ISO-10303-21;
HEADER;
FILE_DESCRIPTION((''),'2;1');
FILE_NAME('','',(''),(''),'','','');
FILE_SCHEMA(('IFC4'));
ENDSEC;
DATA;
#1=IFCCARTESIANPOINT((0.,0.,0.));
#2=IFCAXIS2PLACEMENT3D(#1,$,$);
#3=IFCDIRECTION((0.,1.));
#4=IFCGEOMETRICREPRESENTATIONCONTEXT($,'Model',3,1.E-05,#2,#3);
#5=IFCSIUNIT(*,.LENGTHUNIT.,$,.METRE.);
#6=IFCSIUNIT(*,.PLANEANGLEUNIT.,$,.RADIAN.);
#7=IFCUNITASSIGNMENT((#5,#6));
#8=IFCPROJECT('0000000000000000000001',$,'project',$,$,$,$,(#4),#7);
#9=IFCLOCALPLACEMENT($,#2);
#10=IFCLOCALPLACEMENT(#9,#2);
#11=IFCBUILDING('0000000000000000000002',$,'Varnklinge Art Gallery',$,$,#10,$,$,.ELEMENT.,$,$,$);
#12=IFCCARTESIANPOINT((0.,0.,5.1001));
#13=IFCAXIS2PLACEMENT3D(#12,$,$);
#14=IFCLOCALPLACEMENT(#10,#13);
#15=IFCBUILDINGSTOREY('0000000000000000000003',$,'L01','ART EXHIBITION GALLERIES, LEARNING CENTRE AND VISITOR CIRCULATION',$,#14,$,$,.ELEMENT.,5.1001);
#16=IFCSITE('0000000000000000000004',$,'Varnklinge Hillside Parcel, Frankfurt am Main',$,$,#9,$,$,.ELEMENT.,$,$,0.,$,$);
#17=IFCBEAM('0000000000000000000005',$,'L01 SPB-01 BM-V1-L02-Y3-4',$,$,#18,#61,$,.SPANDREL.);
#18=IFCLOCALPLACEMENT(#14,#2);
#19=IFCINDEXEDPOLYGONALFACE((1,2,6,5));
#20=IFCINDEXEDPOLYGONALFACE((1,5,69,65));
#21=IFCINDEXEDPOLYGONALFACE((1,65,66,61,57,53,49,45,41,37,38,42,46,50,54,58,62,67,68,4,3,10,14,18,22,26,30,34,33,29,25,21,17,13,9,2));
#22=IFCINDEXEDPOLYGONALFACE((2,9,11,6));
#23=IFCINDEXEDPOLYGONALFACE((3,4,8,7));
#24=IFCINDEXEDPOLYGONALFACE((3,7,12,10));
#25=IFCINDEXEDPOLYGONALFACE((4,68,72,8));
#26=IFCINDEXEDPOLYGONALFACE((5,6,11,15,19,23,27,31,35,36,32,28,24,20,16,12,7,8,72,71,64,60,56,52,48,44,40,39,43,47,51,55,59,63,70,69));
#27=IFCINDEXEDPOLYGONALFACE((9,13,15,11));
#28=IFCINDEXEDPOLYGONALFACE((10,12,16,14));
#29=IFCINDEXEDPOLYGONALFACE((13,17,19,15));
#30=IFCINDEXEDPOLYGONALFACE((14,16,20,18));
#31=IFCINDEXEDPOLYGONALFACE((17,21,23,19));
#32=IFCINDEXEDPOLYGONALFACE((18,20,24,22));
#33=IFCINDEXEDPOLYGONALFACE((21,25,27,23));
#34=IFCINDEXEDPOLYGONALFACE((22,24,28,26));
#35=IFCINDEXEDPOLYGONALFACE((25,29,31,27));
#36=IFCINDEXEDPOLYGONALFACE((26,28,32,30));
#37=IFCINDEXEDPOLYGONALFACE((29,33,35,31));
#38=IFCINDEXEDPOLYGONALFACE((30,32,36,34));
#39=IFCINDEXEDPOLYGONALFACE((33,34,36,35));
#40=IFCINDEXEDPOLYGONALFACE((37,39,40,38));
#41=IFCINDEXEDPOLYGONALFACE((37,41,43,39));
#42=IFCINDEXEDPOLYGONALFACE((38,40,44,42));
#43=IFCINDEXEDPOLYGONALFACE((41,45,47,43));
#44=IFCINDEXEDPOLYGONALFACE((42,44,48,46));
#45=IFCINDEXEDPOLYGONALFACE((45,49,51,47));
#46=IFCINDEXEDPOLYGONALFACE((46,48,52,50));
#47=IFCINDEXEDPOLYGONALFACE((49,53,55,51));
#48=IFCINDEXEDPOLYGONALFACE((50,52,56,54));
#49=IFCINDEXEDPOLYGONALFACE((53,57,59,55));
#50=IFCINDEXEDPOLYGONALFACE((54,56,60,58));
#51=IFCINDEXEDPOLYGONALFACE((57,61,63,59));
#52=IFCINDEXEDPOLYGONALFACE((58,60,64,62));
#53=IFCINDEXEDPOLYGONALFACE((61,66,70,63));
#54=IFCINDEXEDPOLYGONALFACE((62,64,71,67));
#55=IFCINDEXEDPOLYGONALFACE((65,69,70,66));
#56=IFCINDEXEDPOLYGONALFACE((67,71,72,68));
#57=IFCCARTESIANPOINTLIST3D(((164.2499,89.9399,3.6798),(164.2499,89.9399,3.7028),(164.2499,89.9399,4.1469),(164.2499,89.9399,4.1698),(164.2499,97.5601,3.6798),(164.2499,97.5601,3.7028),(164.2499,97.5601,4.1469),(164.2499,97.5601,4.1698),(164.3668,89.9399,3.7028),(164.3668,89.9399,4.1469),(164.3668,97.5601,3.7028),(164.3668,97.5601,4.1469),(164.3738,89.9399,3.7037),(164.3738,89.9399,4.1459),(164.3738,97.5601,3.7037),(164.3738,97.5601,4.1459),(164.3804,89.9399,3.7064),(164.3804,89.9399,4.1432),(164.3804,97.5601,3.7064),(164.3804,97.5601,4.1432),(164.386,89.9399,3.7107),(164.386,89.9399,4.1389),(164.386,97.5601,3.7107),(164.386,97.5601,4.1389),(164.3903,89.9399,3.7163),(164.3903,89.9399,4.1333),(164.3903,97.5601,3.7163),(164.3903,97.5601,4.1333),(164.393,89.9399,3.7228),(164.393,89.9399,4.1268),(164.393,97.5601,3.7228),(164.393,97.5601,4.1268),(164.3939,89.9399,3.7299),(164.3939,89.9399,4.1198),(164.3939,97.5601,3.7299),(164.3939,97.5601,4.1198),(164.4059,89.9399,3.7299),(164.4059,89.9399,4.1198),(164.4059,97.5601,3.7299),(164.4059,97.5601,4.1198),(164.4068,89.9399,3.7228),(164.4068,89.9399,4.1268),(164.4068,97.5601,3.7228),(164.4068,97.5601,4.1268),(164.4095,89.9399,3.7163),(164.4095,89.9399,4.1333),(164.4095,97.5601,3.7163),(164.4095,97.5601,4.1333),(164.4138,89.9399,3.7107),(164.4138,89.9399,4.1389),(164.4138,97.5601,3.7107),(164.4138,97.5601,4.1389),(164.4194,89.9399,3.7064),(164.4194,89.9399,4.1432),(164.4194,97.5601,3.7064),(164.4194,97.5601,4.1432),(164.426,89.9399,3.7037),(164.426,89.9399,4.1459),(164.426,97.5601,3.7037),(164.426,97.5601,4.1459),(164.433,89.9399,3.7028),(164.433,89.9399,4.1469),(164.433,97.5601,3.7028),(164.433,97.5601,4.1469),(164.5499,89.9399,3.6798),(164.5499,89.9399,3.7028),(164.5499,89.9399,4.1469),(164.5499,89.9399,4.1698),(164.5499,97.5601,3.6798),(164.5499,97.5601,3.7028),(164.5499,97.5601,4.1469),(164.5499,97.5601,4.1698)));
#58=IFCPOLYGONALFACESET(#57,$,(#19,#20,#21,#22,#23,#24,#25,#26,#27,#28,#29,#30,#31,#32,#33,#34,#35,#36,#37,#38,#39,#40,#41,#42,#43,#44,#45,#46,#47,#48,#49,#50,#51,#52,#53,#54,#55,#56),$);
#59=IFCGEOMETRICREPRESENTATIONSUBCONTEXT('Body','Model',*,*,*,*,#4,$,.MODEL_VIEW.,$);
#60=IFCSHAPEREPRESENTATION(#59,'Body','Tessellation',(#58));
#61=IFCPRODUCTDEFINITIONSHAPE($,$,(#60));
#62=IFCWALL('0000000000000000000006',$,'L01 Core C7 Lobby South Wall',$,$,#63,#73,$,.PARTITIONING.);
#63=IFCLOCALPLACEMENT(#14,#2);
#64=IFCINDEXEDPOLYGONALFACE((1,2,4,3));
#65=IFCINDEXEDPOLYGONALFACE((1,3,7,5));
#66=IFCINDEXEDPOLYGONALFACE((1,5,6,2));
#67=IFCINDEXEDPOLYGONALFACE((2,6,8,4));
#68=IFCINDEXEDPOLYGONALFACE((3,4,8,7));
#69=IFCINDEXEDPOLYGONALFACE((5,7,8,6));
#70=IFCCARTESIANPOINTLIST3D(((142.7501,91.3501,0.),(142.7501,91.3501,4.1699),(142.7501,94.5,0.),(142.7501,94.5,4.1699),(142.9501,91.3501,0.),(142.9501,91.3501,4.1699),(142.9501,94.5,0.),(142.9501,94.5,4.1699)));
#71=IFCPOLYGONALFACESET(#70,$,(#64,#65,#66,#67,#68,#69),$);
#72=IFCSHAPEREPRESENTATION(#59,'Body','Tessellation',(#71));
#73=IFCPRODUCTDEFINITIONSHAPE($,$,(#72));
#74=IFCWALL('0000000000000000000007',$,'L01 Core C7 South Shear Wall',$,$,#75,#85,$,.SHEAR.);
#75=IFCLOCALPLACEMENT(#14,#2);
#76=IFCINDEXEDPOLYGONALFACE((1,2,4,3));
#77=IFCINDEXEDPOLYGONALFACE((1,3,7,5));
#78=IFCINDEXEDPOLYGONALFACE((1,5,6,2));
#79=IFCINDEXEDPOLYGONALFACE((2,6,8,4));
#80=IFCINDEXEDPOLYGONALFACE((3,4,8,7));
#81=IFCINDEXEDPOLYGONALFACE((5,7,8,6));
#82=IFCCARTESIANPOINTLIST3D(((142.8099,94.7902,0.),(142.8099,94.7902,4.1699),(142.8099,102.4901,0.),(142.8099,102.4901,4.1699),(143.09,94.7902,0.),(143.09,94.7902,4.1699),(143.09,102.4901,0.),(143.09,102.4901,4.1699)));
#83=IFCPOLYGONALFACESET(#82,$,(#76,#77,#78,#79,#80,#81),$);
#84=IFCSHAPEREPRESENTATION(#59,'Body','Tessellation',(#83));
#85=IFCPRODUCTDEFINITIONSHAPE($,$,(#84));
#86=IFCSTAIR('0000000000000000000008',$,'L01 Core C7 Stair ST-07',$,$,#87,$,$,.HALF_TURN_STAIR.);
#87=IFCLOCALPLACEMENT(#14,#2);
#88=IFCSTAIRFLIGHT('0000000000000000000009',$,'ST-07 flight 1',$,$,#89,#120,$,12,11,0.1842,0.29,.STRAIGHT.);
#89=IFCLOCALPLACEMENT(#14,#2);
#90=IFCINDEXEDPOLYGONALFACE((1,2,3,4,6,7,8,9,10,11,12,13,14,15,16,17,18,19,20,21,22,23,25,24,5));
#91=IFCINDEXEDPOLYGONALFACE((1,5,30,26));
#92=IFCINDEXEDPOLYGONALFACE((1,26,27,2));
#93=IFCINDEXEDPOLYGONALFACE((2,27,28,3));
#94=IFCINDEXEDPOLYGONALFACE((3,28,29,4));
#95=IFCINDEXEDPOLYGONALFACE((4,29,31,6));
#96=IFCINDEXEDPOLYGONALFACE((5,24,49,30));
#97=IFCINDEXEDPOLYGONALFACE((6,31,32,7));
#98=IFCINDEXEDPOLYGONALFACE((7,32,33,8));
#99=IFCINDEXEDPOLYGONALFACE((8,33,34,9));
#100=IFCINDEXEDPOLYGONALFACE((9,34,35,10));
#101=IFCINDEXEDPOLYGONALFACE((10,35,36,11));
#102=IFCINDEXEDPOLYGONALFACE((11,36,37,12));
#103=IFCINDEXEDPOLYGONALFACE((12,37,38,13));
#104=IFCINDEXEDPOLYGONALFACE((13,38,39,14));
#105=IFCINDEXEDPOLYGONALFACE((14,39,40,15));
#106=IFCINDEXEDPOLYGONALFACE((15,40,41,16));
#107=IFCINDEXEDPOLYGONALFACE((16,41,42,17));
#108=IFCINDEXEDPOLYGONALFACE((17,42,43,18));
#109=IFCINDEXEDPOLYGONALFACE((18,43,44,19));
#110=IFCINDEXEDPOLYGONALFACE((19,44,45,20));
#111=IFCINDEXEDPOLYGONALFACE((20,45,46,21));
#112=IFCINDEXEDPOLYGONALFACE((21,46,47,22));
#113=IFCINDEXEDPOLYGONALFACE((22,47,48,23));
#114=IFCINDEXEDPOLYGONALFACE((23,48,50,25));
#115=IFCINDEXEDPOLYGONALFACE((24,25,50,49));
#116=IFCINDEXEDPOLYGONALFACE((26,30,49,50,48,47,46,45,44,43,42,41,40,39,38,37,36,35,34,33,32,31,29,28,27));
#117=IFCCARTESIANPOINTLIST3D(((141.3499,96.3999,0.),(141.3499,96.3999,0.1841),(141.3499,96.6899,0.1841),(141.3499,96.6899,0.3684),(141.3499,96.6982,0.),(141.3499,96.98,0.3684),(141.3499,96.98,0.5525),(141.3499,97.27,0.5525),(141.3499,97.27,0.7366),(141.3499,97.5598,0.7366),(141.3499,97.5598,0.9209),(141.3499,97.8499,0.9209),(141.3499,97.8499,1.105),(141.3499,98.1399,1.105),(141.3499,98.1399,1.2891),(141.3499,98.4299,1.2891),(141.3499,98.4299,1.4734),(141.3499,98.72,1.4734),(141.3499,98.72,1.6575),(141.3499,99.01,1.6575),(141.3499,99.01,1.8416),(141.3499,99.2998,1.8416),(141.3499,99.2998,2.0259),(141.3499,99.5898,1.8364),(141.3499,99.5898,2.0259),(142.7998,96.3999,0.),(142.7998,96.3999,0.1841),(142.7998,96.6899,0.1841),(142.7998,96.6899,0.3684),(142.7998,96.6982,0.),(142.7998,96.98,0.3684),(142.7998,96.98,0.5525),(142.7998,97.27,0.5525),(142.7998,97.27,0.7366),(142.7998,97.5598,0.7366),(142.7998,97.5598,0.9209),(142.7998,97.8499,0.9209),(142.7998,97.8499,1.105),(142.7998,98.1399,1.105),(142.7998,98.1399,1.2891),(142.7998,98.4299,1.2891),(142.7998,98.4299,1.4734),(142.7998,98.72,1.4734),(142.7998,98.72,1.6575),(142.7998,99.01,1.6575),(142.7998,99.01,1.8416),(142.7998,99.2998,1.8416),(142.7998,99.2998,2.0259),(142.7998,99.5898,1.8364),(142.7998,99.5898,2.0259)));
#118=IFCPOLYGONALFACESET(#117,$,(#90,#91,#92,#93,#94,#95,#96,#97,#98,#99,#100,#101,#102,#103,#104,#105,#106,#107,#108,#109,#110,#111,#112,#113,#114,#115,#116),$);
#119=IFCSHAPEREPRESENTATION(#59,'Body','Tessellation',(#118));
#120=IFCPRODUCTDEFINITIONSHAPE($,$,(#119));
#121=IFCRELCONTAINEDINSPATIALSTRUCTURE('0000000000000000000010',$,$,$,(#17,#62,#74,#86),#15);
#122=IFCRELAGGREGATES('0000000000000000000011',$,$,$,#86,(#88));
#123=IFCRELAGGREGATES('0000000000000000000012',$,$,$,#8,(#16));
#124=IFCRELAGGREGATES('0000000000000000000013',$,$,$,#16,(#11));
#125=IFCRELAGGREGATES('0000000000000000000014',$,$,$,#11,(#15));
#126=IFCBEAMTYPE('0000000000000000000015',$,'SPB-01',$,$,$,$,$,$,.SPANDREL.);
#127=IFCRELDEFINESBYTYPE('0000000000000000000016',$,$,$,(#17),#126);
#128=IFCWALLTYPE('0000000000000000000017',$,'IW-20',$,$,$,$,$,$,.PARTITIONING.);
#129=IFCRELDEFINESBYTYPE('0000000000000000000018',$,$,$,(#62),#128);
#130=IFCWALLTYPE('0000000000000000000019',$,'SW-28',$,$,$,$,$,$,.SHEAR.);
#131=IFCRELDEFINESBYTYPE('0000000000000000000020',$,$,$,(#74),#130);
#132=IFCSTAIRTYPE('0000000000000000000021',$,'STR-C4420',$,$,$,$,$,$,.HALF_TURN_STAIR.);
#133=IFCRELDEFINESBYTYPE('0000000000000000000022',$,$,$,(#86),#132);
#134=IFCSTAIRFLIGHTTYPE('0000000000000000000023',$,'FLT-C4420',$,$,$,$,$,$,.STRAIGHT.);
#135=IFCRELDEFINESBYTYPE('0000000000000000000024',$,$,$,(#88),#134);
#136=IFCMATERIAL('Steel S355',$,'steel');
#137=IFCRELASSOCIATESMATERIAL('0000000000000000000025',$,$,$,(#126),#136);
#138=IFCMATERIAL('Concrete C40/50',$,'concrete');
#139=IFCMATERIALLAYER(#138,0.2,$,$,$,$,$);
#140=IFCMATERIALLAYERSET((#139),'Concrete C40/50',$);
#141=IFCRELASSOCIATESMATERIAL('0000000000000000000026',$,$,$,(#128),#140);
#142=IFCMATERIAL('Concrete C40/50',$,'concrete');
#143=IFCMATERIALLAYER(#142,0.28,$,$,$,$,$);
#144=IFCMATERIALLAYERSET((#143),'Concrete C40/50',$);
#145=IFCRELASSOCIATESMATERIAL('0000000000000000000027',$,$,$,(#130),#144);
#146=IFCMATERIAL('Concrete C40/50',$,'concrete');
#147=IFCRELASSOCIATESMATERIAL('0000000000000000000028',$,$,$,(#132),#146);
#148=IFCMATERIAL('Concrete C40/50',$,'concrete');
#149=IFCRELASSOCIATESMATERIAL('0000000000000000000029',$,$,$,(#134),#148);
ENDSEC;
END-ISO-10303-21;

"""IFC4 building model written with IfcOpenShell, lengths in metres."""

from ifc_helpers import new_model, si_unit, direction, frame, frame_2d, origin, origin_2d, place, context, subcontext, project, spatial, polyline, rectangle, i_section, outline, extrude, material, layer, layer_set, material_profile, profile_set, type_object, element, aggregate, save


model = new_model("IFC4")

# Units and contexts
model_context = context("Model", 3, precision=1e-05, world=origin(), true_north=direction((0.0, 1.0)))
body_context = subcontext(model_context, "Body", "Model", "MODEL_VIEW")
ifc_project = project(units=[si_unit("LENGTHUNIT", "METRE"), si_unit("PLANEANGLEUNIT", "RADIAN")], contexts=[model_context])

# Site, building, storey
site_placement = place(None, origin())
site = spatial("IfcSite", under=ifc_project, at=site_placement, Name="Varnklinge Hillside Parcel, Frankfurt am Main", CompositionType="ELEMENT", RefElevation=0.0)
building_placement = place(site_placement, origin())
building = spatial("IfcBuilding", under=site, at=building_placement, Name="Varnklinge Art Gallery", CompositionType="ELEMENT")
storey_placement = place(building_placement, frame((0.0, 0.0, 5.1001)))
storey = spatial("IfcBuildingStorey", under=building, at=storey_placement, Name="L01", Description="ART EXHIBITION GALLERIES, LEARNING CENTRE AND VISITOR CIRCULATION", CompositionType="ELEMENT", Elevation=5.1001)

# Beam
ifc_material_1 = material(Name="Steel S355", Category="steel")
ifc_material_profile_1 = material_profile(ifc_material_1, i_section(OverallWidth=0.3, OverallDepth=0.49, WebThickness=0.012, FlangeThickness=0.0229, FilletRadius=0.0271, at=origin_2d()), Name="HEA 500")
ifc_profile_set_1 = profile_set([ifc_material_profile_1], Name="Steel S355")
beam_type_1 = type_object("IfcBeamType", Name="SPB-01", PredefinedType="SPANDREL", material=ifc_profile_set_1)
beam_1_placement = place(storey_placement, frame((164.3999, 89.9399, 3.9248), z_axis=(0.0, 1.0, 0.0), x_axis=(-1.0, 0.0, 0.0)))
element("IfcBeam", 1, at=beam_1_placement, inside=storey, type_object=beam_type_1, Name="L01 SPB-01 BM-V1-L02-Y3-4", PredefinedType="SPANDREL", context=body_context, shape_type="SweptSolid", body=[
    extrude(i_section(OverallWidth=0.3, OverallDepth=0.49, WebThickness=0.012, FlangeThickness=0.0229, FilletRadius=0.0271, at=origin_2d()), origin(), (0.0, 0.0, 1.0), 7.6201),
])

# Wall
ifc_material_2 = material(Name="Concrete C40/50", Category="concrete")
ifc_layer_1 = layer(ifc_material_2, 0.2)
ifc_layer_set_1 = layer_set([ifc_layer_1], Name="Concrete C40/50")
wall_type_1 = type_object("IfcWallType", Name="IW-20", PredefinedType="PARTITIONING", material=ifc_layer_set_1)
wall_1_placement = place(storey_placement, frame((142.8501, 91.3501, 0.0), z_axis=(0.0, 0.0, 1.0), x_axis=(0.0, 1.0, 0.0)))
element("IfcWall", 2, at=wall_1_placement, inside=storey, type_object=wall_type_1, Name="L01 Core C7 Lobby South Wall", PredefinedType="PARTITIONING", context=body_context, shape_type="SweptSolid", body=[
    extrude(rectangle(XDim=3.1499, YDim=0.2, at=frame_2d((1.575, 0.0))), origin(), (0.0, 0.0, 1.0), 4.1699),
])

# Wall
ifc_material_3 = material(Name="Concrete C40/50", Category="concrete")
ifc_layer_2 = layer(ifc_material_3, 0.28)
ifc_layer_set_2 = layer_set([ifc_layer_2], Name="Concrete C40/50")
wall_type_2 = type_object("IfcWallType", Name="SW-28", PredefinedType="SHEAR", material=ifc_layer_set_2)
wall_2_placement = place(storey_placement, frame((142.95, 94.79, 0.0), z_axis=(0.0, 0.0, 1.0), x_axis=(0.0, 1.0, 0.0)))
element("IfcWall", 3, at=wall_2_placement, inside=storey, type_object=wall_type_2, Name="L01 Core C7 South Shear Wall", PredefinedType="SHEAR", context=body_context, shape_type="SweptSolid", body=[
    extrude(rectangle(XDim=7.7, YDim=0.28, at=frame_2d((3.8501, 0.0))), origin(), (0.0, 0.0, 1.0), 4.1699),
])

# Stair, stair flight
ifc_material_4 = material(Name="Concrete C40/50", Category="concrete")
stair_type = type_object("IfcStairType", Name="STR-C4420", PredefinedType="HALF_TURN_STAIR", material=ifc_material_4)
stair_placement = place(storey_placement, origin())
stair = element("IfcStair", 4, at=stair_placement, inside=storey, type_object=stair_type, Name="L01 Core C7 Stair ST-07", PredefinedType="HALF_TURN_STAIR")
ifc_material_5 = material(Name="Concrete C40/50", Category="concrete")
stair_flight_type = type_object("IfcStairFlightType", Name="FLT-C4420", PredefinedType="STRAIGHT", material=ifc_material_5)
stair_flight_placement = place(storey_placement, frame((142.075, 96.3999, 0.0), z_axis=(0.0, 0.0, 1.0), x_axis=(0.0, 1.0, 0.0)))
stair_flight = element("IfcStairFlight", 5, at=stair_flight_placement, type_object=stair_flight_type, Name="ST-07 flight 1", NumberOfRisers=12, NumberOfTreads=11, PredefinedType="STRAIGHT", RiserHeight=0.1842, TreadLength=0.29, context=body_context, shape_type="SweptSolid", body=[
    extrude(outline(polyline([(0.0, 0.0), (0.0, 0.1841), (0.29, 0.1841), (0.29, 0.3684), (0.5801, 0.3684), (0.5801, 0.5525), (0.8701, 0.5525), (0.8701, 0.7366), (1.1599, 0.7366), (1.1599, 0.9209), (1.45, 0.9209), (1.45, 1.105), (1.74, 1.105), (1.74, 1.2891), (2.03, 1.2891), (2.03, 1.4734), (2.3201, 1.4734), (2.3201, 1.6575), (2.6101, 1.6575), (2.6101, 1.8416), (2.8999, 1.8416), (2.8999, 2.0259), (3.1899, 2.0259), (3.1899, 2.21), (3.1899, 1.8364), (0.2983, 0.0), (0.0, 0.0)])), frame((0.0, 0.7251, 0.0), z_axis=(0.0, -1.0, 0.0), x_axis=(1.0, 0.0, 0.0)), (0.0, 0.0, 1.0), 1.45),
])
aggregate(stair, [stair_flight])

save(model, "model.ifc")
